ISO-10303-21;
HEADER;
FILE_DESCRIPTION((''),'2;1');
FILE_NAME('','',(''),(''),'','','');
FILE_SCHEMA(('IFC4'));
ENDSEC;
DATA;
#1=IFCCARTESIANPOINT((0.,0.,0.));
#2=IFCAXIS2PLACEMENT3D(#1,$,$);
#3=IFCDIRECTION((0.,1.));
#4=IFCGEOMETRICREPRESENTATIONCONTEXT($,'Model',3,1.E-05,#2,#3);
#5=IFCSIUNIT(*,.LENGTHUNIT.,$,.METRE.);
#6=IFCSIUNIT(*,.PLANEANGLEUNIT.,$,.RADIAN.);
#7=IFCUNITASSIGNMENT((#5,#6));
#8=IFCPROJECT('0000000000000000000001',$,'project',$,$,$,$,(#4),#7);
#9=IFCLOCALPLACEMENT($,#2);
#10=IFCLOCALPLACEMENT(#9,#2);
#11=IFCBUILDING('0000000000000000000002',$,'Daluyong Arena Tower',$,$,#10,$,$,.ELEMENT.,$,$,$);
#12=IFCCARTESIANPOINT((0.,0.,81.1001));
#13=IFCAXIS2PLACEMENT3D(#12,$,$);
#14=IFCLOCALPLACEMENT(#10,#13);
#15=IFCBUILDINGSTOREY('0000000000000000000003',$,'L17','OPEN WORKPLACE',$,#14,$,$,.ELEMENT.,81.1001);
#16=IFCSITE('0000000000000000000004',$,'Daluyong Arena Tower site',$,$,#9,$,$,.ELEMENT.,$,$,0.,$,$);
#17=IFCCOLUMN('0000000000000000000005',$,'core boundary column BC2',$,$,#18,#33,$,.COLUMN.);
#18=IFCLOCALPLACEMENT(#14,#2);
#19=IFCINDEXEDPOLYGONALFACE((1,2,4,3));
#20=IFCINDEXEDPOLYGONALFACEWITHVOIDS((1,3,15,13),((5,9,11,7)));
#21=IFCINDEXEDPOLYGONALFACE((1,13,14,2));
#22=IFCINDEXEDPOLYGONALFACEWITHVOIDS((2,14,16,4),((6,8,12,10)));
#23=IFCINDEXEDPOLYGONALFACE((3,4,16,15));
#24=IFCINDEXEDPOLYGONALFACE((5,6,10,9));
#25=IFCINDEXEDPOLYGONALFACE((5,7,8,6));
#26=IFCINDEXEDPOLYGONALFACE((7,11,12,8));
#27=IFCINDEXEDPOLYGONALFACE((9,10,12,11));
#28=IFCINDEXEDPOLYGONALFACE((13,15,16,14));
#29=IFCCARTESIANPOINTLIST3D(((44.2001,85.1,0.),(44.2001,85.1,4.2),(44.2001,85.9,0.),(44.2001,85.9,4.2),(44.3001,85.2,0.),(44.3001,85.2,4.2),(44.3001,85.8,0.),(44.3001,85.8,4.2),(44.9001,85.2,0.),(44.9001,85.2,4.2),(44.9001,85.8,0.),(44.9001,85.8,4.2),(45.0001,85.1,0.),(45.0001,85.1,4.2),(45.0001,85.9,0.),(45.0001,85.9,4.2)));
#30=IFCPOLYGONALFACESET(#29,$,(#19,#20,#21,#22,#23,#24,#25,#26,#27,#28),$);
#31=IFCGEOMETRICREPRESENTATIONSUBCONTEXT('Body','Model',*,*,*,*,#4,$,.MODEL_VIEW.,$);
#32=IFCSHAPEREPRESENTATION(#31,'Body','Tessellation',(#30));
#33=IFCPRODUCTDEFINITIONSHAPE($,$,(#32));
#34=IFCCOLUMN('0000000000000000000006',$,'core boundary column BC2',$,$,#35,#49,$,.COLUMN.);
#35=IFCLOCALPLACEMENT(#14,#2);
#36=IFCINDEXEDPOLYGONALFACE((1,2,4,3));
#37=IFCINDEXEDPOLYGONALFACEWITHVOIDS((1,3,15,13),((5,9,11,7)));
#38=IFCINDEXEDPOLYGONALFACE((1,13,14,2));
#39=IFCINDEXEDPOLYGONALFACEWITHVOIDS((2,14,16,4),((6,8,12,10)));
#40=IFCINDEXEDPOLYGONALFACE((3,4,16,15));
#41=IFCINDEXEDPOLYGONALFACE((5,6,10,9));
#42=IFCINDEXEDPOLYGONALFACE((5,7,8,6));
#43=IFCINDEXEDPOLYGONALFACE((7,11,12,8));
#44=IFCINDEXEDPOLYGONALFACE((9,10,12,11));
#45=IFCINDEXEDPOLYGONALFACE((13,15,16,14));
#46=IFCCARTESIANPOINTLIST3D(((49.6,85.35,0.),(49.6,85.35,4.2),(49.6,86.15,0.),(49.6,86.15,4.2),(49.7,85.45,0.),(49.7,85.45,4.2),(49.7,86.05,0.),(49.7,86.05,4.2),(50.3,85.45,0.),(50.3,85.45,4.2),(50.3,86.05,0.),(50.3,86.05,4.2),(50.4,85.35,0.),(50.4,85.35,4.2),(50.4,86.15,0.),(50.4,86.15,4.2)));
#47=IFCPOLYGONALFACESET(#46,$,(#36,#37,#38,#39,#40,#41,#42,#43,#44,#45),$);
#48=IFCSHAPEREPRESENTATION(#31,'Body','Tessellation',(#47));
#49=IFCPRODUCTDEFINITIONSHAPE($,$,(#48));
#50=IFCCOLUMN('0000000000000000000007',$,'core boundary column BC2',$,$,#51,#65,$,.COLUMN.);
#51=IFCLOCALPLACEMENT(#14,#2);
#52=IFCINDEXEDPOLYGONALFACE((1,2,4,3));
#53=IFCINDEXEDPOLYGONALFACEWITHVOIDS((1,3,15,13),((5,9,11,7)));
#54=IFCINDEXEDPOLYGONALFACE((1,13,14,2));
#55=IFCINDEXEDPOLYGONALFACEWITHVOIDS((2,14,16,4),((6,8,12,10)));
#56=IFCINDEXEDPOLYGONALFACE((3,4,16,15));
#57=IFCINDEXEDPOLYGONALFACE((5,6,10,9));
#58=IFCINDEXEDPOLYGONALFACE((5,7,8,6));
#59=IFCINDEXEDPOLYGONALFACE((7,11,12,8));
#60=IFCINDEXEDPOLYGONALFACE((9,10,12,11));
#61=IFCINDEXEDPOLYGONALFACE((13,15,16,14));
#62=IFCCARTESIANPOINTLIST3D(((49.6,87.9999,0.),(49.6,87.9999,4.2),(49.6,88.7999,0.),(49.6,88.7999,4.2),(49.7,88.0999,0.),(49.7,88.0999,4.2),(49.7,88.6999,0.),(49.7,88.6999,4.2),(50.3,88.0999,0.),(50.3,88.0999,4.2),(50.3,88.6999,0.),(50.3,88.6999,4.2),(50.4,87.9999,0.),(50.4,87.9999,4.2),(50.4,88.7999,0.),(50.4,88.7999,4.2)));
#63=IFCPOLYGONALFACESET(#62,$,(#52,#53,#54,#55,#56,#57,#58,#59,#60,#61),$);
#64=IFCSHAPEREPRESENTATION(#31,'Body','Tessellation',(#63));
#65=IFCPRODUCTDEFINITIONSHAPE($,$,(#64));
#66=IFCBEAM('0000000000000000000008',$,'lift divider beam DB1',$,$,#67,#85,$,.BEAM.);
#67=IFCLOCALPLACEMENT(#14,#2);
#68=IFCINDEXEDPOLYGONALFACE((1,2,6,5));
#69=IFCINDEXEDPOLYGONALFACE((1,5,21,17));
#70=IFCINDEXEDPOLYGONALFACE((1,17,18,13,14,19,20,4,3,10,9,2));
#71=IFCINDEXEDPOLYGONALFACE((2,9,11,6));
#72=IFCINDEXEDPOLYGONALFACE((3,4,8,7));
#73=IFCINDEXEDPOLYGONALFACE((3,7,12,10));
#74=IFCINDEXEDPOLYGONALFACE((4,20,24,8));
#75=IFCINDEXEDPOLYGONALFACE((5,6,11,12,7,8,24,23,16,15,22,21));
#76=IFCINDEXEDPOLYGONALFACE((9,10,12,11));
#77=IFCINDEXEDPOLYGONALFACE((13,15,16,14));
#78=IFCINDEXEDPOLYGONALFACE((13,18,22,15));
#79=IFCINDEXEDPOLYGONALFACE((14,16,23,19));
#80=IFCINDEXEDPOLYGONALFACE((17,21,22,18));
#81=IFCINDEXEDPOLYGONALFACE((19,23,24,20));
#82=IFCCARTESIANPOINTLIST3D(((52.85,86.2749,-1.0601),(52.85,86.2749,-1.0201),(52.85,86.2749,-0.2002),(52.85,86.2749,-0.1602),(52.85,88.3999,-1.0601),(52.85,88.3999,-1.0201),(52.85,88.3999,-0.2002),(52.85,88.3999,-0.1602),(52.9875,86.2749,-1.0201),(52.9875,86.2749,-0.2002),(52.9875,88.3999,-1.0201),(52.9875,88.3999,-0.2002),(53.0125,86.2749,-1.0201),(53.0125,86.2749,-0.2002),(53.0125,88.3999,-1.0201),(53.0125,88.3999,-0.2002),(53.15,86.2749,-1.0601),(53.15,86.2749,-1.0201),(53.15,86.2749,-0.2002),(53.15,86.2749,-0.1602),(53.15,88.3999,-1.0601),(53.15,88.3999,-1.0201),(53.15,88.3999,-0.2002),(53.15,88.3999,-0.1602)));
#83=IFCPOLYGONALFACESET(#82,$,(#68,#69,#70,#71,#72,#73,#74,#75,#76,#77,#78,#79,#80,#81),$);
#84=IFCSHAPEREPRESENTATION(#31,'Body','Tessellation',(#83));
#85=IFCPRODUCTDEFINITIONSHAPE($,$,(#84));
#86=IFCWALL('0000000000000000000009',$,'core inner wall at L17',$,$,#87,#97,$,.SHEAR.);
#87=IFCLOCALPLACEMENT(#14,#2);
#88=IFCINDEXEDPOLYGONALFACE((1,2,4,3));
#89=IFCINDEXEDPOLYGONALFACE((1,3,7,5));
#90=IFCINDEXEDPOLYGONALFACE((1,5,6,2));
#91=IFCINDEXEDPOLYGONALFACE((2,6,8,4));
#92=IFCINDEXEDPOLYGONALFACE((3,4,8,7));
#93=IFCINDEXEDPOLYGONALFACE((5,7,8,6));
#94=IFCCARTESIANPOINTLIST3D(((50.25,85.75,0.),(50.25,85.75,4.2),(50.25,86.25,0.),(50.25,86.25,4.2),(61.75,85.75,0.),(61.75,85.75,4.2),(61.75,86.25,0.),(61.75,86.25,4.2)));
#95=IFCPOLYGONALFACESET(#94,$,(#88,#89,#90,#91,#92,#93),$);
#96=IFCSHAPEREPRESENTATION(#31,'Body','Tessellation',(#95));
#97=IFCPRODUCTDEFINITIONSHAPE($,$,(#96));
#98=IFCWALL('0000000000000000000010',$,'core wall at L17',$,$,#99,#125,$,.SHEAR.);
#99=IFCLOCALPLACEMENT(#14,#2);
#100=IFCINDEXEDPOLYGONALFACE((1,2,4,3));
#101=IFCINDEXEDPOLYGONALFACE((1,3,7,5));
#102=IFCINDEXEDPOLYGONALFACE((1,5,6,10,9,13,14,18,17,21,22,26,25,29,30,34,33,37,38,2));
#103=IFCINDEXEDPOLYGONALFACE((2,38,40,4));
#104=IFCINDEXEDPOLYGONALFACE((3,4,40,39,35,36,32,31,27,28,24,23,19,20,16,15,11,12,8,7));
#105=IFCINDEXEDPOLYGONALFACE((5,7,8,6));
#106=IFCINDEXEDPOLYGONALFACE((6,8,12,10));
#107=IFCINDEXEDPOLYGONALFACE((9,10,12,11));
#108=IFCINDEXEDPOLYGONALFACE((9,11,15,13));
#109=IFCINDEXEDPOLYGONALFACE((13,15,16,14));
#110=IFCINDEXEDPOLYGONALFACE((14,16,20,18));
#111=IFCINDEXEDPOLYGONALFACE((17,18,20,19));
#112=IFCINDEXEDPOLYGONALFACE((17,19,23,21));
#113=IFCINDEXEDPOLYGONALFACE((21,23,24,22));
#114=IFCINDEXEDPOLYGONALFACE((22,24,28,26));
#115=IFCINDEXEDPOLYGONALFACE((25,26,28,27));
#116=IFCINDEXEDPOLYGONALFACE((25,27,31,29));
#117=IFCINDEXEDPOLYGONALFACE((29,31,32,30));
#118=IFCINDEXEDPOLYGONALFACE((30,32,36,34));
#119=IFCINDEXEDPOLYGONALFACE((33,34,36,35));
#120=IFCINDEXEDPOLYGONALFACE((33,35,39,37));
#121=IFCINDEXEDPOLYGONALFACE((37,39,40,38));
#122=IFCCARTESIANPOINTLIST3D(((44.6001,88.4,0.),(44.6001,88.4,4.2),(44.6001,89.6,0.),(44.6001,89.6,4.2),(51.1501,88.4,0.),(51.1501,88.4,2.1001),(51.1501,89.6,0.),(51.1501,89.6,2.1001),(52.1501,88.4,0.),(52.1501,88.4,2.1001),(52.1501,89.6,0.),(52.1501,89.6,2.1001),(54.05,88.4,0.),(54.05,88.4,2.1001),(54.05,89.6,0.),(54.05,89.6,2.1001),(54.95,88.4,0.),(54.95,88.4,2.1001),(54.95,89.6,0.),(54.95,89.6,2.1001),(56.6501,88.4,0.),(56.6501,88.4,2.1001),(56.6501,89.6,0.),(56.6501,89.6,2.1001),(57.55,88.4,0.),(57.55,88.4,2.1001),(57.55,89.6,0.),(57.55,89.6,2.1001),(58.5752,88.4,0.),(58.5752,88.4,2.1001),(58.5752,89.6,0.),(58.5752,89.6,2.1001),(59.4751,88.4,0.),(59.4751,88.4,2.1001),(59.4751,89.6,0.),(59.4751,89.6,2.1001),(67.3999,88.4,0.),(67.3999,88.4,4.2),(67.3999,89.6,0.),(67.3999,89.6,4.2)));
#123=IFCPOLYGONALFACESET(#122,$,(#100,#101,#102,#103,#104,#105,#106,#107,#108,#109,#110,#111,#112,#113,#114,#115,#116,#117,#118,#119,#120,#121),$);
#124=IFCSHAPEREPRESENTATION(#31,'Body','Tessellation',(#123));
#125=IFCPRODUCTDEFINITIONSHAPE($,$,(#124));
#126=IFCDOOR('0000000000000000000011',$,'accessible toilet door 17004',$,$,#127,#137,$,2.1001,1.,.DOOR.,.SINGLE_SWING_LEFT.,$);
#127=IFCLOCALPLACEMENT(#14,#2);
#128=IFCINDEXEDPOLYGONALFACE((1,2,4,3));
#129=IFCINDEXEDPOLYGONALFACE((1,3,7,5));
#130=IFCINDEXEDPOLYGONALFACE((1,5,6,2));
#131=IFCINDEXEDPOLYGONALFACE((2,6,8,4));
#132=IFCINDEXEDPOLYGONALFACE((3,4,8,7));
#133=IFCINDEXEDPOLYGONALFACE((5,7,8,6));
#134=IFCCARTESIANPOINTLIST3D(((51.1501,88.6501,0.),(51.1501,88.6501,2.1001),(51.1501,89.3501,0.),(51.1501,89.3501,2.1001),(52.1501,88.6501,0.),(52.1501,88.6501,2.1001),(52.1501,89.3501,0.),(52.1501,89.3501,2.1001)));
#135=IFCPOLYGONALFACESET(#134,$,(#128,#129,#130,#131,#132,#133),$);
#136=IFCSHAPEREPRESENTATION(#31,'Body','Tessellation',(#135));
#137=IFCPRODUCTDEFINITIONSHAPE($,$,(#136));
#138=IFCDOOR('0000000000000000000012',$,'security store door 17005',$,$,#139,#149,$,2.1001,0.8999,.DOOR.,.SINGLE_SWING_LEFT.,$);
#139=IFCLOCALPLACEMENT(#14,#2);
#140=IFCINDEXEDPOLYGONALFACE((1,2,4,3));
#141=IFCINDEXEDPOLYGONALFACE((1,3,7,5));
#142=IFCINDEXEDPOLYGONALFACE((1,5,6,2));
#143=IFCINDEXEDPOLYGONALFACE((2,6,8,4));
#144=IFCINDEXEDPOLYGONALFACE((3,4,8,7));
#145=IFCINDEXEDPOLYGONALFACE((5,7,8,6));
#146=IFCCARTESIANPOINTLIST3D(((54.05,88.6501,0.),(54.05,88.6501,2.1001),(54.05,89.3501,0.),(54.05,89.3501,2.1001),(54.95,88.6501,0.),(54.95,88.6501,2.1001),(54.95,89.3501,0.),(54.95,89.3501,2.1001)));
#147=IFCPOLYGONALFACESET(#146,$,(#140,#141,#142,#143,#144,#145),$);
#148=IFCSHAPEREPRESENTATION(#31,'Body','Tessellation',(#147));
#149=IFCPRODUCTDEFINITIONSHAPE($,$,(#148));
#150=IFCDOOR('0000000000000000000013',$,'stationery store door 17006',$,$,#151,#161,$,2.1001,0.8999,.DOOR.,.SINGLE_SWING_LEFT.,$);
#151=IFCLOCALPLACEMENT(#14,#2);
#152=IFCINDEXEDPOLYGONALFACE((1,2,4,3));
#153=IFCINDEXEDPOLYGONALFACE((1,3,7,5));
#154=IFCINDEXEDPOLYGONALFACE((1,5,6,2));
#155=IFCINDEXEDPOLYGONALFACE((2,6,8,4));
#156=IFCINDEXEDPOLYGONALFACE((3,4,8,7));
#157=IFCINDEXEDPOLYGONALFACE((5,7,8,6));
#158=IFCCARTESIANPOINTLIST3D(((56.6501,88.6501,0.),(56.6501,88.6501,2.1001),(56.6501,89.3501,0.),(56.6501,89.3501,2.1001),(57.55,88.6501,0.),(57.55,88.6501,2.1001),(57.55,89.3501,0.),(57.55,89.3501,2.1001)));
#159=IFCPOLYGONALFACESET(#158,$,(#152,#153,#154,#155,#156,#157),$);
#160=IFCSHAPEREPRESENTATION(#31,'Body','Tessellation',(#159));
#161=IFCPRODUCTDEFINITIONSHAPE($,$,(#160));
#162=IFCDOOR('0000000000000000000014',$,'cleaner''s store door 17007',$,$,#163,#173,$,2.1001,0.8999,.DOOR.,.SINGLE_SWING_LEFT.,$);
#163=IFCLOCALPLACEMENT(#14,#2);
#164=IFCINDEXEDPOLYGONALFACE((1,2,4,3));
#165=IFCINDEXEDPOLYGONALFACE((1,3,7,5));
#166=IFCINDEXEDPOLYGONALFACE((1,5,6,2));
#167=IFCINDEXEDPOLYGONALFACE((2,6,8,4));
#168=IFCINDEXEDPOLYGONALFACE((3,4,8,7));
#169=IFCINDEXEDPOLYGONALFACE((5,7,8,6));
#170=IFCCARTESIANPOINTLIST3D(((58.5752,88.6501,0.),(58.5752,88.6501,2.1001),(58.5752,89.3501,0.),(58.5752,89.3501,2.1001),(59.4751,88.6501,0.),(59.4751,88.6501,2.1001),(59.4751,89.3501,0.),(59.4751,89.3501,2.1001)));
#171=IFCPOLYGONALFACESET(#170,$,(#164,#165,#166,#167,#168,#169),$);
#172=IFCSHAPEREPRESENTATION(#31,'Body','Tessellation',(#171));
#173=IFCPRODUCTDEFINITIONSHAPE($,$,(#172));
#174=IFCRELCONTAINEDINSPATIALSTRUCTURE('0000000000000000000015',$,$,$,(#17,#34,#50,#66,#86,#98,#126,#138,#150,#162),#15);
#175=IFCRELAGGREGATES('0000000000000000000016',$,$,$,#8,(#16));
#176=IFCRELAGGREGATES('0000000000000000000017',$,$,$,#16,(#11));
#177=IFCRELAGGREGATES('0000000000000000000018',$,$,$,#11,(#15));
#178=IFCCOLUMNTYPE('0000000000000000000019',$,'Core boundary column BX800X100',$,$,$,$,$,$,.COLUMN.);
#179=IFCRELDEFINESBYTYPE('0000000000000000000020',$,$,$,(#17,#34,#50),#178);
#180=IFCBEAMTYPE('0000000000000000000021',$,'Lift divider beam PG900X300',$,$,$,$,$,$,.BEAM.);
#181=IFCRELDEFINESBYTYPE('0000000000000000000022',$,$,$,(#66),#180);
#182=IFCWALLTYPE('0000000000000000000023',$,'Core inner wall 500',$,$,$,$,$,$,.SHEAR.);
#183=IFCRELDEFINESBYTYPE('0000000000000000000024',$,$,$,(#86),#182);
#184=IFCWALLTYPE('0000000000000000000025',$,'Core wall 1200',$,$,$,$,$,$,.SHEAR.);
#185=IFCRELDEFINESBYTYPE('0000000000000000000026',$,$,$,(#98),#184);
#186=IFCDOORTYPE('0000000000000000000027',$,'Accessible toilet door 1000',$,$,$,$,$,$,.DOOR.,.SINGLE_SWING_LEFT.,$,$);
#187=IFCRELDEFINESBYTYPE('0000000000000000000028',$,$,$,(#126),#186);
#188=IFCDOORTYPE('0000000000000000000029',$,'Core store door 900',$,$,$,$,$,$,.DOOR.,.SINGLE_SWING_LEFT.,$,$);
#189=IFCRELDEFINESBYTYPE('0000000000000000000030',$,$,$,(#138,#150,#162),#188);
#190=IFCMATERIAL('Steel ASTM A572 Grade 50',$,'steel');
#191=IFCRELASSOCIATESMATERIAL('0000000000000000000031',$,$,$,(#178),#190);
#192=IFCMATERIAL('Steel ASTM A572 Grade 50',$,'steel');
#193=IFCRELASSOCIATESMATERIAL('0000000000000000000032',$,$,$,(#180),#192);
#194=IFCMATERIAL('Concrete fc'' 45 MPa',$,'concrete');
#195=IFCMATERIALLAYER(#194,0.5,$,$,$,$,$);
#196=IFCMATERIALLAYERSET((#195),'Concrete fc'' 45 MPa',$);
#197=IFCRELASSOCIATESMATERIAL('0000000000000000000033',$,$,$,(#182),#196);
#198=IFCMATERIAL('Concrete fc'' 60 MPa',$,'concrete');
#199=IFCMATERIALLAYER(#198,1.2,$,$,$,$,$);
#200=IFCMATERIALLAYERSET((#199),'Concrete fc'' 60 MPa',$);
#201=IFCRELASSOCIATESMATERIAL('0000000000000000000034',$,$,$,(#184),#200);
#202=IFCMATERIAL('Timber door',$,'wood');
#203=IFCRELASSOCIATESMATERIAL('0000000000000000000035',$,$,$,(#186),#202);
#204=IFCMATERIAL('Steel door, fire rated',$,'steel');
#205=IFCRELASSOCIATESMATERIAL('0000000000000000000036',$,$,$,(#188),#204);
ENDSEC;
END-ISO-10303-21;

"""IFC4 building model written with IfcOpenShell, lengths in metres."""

from ifc_helpers import new_model, si_unit, direction, frame, frame_2d, origin, origin_2d, place, context, subcontext, project, spatial, rectangle, hollow_rectangle, i_section, extrude, material, layer, layer_set, material_profile, profile_set, type_object, element, fill, save


model = new_model("IFC4")

# Units and contexts
model_context = context("Model", 3, precision=1e-05, world=origin(), true_north=direction((0.0, 1.0)))
body_context = subcontext(model_context, "Body", "Model", "MODEL_VIEW")
ifc_project = project(units=[si_unit("LENGTHUNIT", "METRE"), si_unit("PLANEANGLEUNIT", "RADIAN")], contexts=[model_context])

# Site, building, storey
site_placement = place(None, origin())
site = spatial("IfcSite", under=ifc_project, at=site_placement, Name="Daluyong Arena Tower site", CompositionType="ELEMENT", RefElevation=0.0)
building_placement = place(site_placement, origin())
building = spatial("IfcBuilding", under=site, at=building_placement, Name="Daluyong Arena Tower", CompositionType="ELEMENT")
storey_placement = place(building_placement, frame((0.0, 0.0, 81.1001)))
storey = spatial("IfcBuildingStorey", under=building, at=storey_placement, Name="L17", Description="OPEN WORKPLACE", CompositionType="ELEMENT", Elevation=81.1001)

# Columns
ifc_material_1 = material(Name="Steel ASTM A572 Grade 50", Category="steel")
ifc_material_profile_1 = material_profile(ifc_material_1, hollow_rectangle(XDim=0.8, YDim=0.8, WallThickness=0.1, at=origin_2d()))
ifc_profile_set_1 = profile_set([ifc_material_profile_1], Name="Steel ASTM A572 Grade 50")
column_type = type_object("IfcColumnType", Name="Core boundary column BX800X100", PredefinedType="COLUMN", material=ifc_profile_set_1)
for number, where, z_axis, x_axis, name in (
    (1, (44.6001, 85.5, 0.0), (0.0, 0.0, 1.0), (1.0, 0.0, 0.0), "core boundary column BC2"),
    (2, (50.0, 85.75, 0.0), (0.0, 0.0, 1.0), (1.0, 0.0, 0.0), "core boundary column BC2"),
    (3, (50.0, 88.3999, 0.0), (0.0, 0.0, 1.0), (1.0, 0.0, 0.0), "core boundary column BC2"),
):
    element("IfcColumn", number, at=place(storey_placement, frame(where, z_axis=z_axis, x_axis=x_axis)), inside=storey, type_object=column_type, Name=name, PredefinedType="COLUMN", context=body_context, shape_type="SweptSolid", body=[
        extrude(hollow_rectangle(XDim=0.8, YDim=0.8, WallThickness=0.1, at=origin_2d()), origin(), (0.0, 0.0, 1.0), 4.2),
    ])

# Beam
ifc_material_2 = material(Name="Steel ASTM A572 Grade 50", Category="steel")
ifc_material_profile_2 = material_profile(ifc_material_2, i_section(OverallWidth=0.3, OverallDepth=0.8999, WebThickness=0.025, FlangeThickness=0.04, at=origin_2d()))
ifc_profile_set_2 = profile_set([ifc_material_profile_2], Name="Steel ASTM A572 Grade 50")
beam_type = type_object("IfcBeamType", Name="Lift divider beam PG900X300", PredefinedType="BEAM", material=ifc_profile_set_2)
beam_placement = place(storey_placement, frame((53.0, 86.2749, -0.6101), z_axis=(0.0, 1.0, 0.0), x_axis=(-1.0, 0.0, 0.0)))
element("IfcBeam", 4, at=beam_placement, inside=storey, type_object=beam_type, Name="lift divider beam DB1", PredefinedType="BEAM", context=body_context, shape_type="SweptSolid", body=[
    extrude(i_section(OverallWidth=0.3, OverallDepth=0.8999, WebThickness=0.025, FlangeThickness=0.04, at=origin_2d()), origin(), (0.0, 0.0, 1.0), 2.125),
])

# Wall
ifc_material_3 = material(Name="Concrete fc' 45 MPa", Category="concrete")
ifc_layer_1 = layer(ifc_material_3, 0.5)
ifc_layer_set_1 = layer_set([ifc_layer_1], Name="Concrete fc' 45 MPa")
wall_type_1 = type_object("IfcWallType", Name="Core inner wall 500", PredefinedType="SHEAR", material=ifc_layer_set_1)
wall_1_placement = place(storey_placement, frame((50.25, 86.0, 0.0), z_axis=(0.0, 0.0, 1.0), x_axis=(1.0, 0.0, 0.0)))
element("IfcWall", 5, at=wall_1_placement, inside=storey, type_object=wall_type_1, Name="core inner wall at L17", PredefinedType="SHEAR", context=body_context, shape_type="SweptSolid", body=[
    extrude(rectangle(XDim=11.5, YDim=0.5, at=frame_2d((5.75, 0.0))), origin(), (0.0, 0.0, 1.0), 4.2),
])

# Wall, openings, doors
ifc_material_4 = material(Name="Concrete fc' 60 MPa", Category="concrete")
ifc_layer_2 = layer(ifc_material_4, 1.2)
ifc_layer_set_2 = layer_set([ifc_layer_2], Name="Concrete fc' 60 MPa")
wall_type_2 = type_object("IfcWallType", Name="Core wall 1200", PredefinedType="SHEAR", material=ifc_layer_set_2)
wall_2_placement = place(storey_placement, frame((44.6001, 89.0, 0.0), z_axis=(0.0, 0.0, 1.0), x_axis=(1.0, 0.0, 0.0)))
wall_2 = element("IfcWall", 6, at=wall_2_placement, inside=storey, type_object=wall_type_2, Name="core wall at L17", PredefinedType="SHEAR", context=body_context, shape_type="SweptSolid", body=[
    extrude(rectangle(XDim=22.7998, YDim=1.2, at=frame_2d((11.3999, 0.0))), origin(), (0.0, 0.0, 1.0), 4.2),
])
opening_1_placement = place(wall_2_placement, frame((6.55, 0.0, 0.0)))
opening_1 = element("IfcOpeningElement", 7, at=opening_1_placement, cuts=wall_2, PredefinedType="OPENING", context=body_context, shape_type="SweptSolid", body=[
    extrude(rectangle(XDim=1.0, YDim=2.1001, at=frame_2d((0.5, 1.05))), frame((0.0, 0.6099, 0.0), z_axis=(0.0, -1.0, 0.0), x_axis=(1.0, 0.0, 0.0)), (0.0, 0.0, 1.0), 1.22),
])
opening_2_placement = place(wall_2_placement, frame((9.45, 0.0, 0.0)))
opening_2 = element("IfcOpeningElement", 8, at=opening_2_placement, cuts=wall_2, PredefinedType="OPENING", context=body_context, shape_type="SweptSolid", body=[
    extrude(rectangle(XDim=0.8999, YDim=2.1001, at=frame_2d((0.45, 1.05))), frame((0.0, 0.6099, 0.0), z_axis=(0.0, -1.0, 0.0), x_axis=(1.0, 0.0, 0.0)), (0.0, 0.0, 1.0), 1.22),
])
opening_3_placement = place(wall_2_placement, frame((12.05, 0.0, 0.0)))
opening_3 = element("IfcOpeningElement", 9, at=opening_3_placement, cuts=wall_2, PredefinedType="OPENING", context=body_context, shape_type="SweptSolid", body=[
    extrude(rectangle(XDim=0.8999, YDim=2.1001, at=frame_2d((0.45, 1.05))), frame((0.0, 0.6099, 0.0), z_axis=(0.0, -1.0, 0.0), x_axis=(1.0, 0.0, 0.0)), (0.0, 0.0, 1.0), 1.22),
])
opening_4_placement = place(wall_2_placement, frame((13.9751, 0.0, 0.0)))
opening_4 = element("IfcOpeningElement", 10, at=opening_4_placement, cuts=wall_2, PredefinedType="OPENING", context=body_context, shape_type="SweptSolid", body=[
    extrude(rectangle(XDim=0.8999, YDim=2.1001, at=frame_2d((0.45, 1.05))), frame((0.0, 0.6099, 0.0), z_axis=(0.0, -1.0, 0.0), x_axis=(1.0, 0.0, 0.0)), (0.0, 0.0, 1.0), 1.22),
])
ifc_material_5 = material(Name="Timber door", Category="wood")
door_type_1 = type_object("IfcDoorType", Name="Accessible toilet door 1000", OperationType="SINGLE_SWING_LEFT", PredefinedType="DOOR", material=ifc_material_5)
door_1_placement = place(opening_1_placement, origin())
door_1 = element("IfcDoor", 11, at=door_1_placement, inside=storey, type_object=door_type_1, Name="accessible toilet door 17004", OperationType="SINGLE_SWING_LEFT", OverallHeight=2.1001, OverallWidth=1.0, PredefinedType="DOOR", context=body_context, shape_type="SweptSolid", body=[
    extrude(rectangle(XDim=1.0, YDim=2.1001, at=frame_2d((0.5, 1.05))), frame((0.0, 0.3501, 0.0), z_axis=(0.0, -1.0, 0.0), x_axis=(1.0, 0.0, 0.0)), (0.0, 0.0, 1.0), 0.7),
])
fill(opening_1, door_1)
ifc_material_6 = material(Name="Steel door, fire rated", Category="steel")
door_type_2 = type_object("IfcDoorType", Name="Core store door 900", OperationType="SINGLE_SWING_LEFT", PredefinedType="DOOR", material=ifc_material_6)
door_2_placement = place(opening_2_placement, origin())
door_2 = element("IfcDoor", 12, at=door_2_placement, inside=storey, type_object=door_type_2, Name="security store door 17005", OperationType="SINGLE_SWING_LEFT", OverallHeight=2.1001, OverallWidth=0.8999, PredefinedType="DOOR", context=body_context, shape_type="SweptSolid", body=[
    extrude(rectangle(XDim=0.8999, YDim=2.1001, at=frame_2d((0.45, 1.05))), frame((0.0, 0.3501, 0.0), z_axis=(0.0, -1.0, 0.0), x_axis=(1.0, 0.0, 0.0)), (0.0, 0.0, 1.0), 0.7),
])
fill(opening_2, door_2)
door_3_placement = place(opening_3_placement, origin())
door_3 = element("IfcDoor", 13, at=door_3_placement, inside=storey, type_object=door_type_2, Name="stationery store door 17006", OperationType="SINGLE_SWING_LEFT", OverallHeight=2.1001, OverallWidth=0.8999, PredefinedType="DOOR", context=body_context, shape_type="SweptSolid", body=[
    extrude(rectangle(XDim=0.8999, YDim=2.1001, at=frame_2d((0.45, 1.05))), frame((0.0, 0.3501, 0.0), z_axis=(0.0, -1.0, 0.0), x_axis=(1.0, 0.0, 0.0)), (0.0, 0.0, 1.0), 0.7),
])
fill(opening_3, door_3)
door_4_placement = place(opening_4_placement, origin())
door_4 = element("IfcDoor", 14, at=door_4_placement, inside=storey, type_object=door_type_2, Name="cleaner's store door 17007", OperationType="SINGLE_SWING_LEFT", OverallHeight=2.1001, OverallWidth=0.8999, PredefinedType="DOOR", context=body_context, shape_type="SweptSolid", body=[
    extrude(rectangle(XDim=0.8999, YDim=2.1001, at=frame_2d((0.45, 1.05))), frame((0.0, 0.3501, 0.0), z_axis=(0.0, -1.0, 0.0), x_axis=(1.0, 0.0, 0.0)), (0.0, 0.0, 1.0), 0.7),
])
fill(opening_4, door_4)

save(model, "model.ifc")
